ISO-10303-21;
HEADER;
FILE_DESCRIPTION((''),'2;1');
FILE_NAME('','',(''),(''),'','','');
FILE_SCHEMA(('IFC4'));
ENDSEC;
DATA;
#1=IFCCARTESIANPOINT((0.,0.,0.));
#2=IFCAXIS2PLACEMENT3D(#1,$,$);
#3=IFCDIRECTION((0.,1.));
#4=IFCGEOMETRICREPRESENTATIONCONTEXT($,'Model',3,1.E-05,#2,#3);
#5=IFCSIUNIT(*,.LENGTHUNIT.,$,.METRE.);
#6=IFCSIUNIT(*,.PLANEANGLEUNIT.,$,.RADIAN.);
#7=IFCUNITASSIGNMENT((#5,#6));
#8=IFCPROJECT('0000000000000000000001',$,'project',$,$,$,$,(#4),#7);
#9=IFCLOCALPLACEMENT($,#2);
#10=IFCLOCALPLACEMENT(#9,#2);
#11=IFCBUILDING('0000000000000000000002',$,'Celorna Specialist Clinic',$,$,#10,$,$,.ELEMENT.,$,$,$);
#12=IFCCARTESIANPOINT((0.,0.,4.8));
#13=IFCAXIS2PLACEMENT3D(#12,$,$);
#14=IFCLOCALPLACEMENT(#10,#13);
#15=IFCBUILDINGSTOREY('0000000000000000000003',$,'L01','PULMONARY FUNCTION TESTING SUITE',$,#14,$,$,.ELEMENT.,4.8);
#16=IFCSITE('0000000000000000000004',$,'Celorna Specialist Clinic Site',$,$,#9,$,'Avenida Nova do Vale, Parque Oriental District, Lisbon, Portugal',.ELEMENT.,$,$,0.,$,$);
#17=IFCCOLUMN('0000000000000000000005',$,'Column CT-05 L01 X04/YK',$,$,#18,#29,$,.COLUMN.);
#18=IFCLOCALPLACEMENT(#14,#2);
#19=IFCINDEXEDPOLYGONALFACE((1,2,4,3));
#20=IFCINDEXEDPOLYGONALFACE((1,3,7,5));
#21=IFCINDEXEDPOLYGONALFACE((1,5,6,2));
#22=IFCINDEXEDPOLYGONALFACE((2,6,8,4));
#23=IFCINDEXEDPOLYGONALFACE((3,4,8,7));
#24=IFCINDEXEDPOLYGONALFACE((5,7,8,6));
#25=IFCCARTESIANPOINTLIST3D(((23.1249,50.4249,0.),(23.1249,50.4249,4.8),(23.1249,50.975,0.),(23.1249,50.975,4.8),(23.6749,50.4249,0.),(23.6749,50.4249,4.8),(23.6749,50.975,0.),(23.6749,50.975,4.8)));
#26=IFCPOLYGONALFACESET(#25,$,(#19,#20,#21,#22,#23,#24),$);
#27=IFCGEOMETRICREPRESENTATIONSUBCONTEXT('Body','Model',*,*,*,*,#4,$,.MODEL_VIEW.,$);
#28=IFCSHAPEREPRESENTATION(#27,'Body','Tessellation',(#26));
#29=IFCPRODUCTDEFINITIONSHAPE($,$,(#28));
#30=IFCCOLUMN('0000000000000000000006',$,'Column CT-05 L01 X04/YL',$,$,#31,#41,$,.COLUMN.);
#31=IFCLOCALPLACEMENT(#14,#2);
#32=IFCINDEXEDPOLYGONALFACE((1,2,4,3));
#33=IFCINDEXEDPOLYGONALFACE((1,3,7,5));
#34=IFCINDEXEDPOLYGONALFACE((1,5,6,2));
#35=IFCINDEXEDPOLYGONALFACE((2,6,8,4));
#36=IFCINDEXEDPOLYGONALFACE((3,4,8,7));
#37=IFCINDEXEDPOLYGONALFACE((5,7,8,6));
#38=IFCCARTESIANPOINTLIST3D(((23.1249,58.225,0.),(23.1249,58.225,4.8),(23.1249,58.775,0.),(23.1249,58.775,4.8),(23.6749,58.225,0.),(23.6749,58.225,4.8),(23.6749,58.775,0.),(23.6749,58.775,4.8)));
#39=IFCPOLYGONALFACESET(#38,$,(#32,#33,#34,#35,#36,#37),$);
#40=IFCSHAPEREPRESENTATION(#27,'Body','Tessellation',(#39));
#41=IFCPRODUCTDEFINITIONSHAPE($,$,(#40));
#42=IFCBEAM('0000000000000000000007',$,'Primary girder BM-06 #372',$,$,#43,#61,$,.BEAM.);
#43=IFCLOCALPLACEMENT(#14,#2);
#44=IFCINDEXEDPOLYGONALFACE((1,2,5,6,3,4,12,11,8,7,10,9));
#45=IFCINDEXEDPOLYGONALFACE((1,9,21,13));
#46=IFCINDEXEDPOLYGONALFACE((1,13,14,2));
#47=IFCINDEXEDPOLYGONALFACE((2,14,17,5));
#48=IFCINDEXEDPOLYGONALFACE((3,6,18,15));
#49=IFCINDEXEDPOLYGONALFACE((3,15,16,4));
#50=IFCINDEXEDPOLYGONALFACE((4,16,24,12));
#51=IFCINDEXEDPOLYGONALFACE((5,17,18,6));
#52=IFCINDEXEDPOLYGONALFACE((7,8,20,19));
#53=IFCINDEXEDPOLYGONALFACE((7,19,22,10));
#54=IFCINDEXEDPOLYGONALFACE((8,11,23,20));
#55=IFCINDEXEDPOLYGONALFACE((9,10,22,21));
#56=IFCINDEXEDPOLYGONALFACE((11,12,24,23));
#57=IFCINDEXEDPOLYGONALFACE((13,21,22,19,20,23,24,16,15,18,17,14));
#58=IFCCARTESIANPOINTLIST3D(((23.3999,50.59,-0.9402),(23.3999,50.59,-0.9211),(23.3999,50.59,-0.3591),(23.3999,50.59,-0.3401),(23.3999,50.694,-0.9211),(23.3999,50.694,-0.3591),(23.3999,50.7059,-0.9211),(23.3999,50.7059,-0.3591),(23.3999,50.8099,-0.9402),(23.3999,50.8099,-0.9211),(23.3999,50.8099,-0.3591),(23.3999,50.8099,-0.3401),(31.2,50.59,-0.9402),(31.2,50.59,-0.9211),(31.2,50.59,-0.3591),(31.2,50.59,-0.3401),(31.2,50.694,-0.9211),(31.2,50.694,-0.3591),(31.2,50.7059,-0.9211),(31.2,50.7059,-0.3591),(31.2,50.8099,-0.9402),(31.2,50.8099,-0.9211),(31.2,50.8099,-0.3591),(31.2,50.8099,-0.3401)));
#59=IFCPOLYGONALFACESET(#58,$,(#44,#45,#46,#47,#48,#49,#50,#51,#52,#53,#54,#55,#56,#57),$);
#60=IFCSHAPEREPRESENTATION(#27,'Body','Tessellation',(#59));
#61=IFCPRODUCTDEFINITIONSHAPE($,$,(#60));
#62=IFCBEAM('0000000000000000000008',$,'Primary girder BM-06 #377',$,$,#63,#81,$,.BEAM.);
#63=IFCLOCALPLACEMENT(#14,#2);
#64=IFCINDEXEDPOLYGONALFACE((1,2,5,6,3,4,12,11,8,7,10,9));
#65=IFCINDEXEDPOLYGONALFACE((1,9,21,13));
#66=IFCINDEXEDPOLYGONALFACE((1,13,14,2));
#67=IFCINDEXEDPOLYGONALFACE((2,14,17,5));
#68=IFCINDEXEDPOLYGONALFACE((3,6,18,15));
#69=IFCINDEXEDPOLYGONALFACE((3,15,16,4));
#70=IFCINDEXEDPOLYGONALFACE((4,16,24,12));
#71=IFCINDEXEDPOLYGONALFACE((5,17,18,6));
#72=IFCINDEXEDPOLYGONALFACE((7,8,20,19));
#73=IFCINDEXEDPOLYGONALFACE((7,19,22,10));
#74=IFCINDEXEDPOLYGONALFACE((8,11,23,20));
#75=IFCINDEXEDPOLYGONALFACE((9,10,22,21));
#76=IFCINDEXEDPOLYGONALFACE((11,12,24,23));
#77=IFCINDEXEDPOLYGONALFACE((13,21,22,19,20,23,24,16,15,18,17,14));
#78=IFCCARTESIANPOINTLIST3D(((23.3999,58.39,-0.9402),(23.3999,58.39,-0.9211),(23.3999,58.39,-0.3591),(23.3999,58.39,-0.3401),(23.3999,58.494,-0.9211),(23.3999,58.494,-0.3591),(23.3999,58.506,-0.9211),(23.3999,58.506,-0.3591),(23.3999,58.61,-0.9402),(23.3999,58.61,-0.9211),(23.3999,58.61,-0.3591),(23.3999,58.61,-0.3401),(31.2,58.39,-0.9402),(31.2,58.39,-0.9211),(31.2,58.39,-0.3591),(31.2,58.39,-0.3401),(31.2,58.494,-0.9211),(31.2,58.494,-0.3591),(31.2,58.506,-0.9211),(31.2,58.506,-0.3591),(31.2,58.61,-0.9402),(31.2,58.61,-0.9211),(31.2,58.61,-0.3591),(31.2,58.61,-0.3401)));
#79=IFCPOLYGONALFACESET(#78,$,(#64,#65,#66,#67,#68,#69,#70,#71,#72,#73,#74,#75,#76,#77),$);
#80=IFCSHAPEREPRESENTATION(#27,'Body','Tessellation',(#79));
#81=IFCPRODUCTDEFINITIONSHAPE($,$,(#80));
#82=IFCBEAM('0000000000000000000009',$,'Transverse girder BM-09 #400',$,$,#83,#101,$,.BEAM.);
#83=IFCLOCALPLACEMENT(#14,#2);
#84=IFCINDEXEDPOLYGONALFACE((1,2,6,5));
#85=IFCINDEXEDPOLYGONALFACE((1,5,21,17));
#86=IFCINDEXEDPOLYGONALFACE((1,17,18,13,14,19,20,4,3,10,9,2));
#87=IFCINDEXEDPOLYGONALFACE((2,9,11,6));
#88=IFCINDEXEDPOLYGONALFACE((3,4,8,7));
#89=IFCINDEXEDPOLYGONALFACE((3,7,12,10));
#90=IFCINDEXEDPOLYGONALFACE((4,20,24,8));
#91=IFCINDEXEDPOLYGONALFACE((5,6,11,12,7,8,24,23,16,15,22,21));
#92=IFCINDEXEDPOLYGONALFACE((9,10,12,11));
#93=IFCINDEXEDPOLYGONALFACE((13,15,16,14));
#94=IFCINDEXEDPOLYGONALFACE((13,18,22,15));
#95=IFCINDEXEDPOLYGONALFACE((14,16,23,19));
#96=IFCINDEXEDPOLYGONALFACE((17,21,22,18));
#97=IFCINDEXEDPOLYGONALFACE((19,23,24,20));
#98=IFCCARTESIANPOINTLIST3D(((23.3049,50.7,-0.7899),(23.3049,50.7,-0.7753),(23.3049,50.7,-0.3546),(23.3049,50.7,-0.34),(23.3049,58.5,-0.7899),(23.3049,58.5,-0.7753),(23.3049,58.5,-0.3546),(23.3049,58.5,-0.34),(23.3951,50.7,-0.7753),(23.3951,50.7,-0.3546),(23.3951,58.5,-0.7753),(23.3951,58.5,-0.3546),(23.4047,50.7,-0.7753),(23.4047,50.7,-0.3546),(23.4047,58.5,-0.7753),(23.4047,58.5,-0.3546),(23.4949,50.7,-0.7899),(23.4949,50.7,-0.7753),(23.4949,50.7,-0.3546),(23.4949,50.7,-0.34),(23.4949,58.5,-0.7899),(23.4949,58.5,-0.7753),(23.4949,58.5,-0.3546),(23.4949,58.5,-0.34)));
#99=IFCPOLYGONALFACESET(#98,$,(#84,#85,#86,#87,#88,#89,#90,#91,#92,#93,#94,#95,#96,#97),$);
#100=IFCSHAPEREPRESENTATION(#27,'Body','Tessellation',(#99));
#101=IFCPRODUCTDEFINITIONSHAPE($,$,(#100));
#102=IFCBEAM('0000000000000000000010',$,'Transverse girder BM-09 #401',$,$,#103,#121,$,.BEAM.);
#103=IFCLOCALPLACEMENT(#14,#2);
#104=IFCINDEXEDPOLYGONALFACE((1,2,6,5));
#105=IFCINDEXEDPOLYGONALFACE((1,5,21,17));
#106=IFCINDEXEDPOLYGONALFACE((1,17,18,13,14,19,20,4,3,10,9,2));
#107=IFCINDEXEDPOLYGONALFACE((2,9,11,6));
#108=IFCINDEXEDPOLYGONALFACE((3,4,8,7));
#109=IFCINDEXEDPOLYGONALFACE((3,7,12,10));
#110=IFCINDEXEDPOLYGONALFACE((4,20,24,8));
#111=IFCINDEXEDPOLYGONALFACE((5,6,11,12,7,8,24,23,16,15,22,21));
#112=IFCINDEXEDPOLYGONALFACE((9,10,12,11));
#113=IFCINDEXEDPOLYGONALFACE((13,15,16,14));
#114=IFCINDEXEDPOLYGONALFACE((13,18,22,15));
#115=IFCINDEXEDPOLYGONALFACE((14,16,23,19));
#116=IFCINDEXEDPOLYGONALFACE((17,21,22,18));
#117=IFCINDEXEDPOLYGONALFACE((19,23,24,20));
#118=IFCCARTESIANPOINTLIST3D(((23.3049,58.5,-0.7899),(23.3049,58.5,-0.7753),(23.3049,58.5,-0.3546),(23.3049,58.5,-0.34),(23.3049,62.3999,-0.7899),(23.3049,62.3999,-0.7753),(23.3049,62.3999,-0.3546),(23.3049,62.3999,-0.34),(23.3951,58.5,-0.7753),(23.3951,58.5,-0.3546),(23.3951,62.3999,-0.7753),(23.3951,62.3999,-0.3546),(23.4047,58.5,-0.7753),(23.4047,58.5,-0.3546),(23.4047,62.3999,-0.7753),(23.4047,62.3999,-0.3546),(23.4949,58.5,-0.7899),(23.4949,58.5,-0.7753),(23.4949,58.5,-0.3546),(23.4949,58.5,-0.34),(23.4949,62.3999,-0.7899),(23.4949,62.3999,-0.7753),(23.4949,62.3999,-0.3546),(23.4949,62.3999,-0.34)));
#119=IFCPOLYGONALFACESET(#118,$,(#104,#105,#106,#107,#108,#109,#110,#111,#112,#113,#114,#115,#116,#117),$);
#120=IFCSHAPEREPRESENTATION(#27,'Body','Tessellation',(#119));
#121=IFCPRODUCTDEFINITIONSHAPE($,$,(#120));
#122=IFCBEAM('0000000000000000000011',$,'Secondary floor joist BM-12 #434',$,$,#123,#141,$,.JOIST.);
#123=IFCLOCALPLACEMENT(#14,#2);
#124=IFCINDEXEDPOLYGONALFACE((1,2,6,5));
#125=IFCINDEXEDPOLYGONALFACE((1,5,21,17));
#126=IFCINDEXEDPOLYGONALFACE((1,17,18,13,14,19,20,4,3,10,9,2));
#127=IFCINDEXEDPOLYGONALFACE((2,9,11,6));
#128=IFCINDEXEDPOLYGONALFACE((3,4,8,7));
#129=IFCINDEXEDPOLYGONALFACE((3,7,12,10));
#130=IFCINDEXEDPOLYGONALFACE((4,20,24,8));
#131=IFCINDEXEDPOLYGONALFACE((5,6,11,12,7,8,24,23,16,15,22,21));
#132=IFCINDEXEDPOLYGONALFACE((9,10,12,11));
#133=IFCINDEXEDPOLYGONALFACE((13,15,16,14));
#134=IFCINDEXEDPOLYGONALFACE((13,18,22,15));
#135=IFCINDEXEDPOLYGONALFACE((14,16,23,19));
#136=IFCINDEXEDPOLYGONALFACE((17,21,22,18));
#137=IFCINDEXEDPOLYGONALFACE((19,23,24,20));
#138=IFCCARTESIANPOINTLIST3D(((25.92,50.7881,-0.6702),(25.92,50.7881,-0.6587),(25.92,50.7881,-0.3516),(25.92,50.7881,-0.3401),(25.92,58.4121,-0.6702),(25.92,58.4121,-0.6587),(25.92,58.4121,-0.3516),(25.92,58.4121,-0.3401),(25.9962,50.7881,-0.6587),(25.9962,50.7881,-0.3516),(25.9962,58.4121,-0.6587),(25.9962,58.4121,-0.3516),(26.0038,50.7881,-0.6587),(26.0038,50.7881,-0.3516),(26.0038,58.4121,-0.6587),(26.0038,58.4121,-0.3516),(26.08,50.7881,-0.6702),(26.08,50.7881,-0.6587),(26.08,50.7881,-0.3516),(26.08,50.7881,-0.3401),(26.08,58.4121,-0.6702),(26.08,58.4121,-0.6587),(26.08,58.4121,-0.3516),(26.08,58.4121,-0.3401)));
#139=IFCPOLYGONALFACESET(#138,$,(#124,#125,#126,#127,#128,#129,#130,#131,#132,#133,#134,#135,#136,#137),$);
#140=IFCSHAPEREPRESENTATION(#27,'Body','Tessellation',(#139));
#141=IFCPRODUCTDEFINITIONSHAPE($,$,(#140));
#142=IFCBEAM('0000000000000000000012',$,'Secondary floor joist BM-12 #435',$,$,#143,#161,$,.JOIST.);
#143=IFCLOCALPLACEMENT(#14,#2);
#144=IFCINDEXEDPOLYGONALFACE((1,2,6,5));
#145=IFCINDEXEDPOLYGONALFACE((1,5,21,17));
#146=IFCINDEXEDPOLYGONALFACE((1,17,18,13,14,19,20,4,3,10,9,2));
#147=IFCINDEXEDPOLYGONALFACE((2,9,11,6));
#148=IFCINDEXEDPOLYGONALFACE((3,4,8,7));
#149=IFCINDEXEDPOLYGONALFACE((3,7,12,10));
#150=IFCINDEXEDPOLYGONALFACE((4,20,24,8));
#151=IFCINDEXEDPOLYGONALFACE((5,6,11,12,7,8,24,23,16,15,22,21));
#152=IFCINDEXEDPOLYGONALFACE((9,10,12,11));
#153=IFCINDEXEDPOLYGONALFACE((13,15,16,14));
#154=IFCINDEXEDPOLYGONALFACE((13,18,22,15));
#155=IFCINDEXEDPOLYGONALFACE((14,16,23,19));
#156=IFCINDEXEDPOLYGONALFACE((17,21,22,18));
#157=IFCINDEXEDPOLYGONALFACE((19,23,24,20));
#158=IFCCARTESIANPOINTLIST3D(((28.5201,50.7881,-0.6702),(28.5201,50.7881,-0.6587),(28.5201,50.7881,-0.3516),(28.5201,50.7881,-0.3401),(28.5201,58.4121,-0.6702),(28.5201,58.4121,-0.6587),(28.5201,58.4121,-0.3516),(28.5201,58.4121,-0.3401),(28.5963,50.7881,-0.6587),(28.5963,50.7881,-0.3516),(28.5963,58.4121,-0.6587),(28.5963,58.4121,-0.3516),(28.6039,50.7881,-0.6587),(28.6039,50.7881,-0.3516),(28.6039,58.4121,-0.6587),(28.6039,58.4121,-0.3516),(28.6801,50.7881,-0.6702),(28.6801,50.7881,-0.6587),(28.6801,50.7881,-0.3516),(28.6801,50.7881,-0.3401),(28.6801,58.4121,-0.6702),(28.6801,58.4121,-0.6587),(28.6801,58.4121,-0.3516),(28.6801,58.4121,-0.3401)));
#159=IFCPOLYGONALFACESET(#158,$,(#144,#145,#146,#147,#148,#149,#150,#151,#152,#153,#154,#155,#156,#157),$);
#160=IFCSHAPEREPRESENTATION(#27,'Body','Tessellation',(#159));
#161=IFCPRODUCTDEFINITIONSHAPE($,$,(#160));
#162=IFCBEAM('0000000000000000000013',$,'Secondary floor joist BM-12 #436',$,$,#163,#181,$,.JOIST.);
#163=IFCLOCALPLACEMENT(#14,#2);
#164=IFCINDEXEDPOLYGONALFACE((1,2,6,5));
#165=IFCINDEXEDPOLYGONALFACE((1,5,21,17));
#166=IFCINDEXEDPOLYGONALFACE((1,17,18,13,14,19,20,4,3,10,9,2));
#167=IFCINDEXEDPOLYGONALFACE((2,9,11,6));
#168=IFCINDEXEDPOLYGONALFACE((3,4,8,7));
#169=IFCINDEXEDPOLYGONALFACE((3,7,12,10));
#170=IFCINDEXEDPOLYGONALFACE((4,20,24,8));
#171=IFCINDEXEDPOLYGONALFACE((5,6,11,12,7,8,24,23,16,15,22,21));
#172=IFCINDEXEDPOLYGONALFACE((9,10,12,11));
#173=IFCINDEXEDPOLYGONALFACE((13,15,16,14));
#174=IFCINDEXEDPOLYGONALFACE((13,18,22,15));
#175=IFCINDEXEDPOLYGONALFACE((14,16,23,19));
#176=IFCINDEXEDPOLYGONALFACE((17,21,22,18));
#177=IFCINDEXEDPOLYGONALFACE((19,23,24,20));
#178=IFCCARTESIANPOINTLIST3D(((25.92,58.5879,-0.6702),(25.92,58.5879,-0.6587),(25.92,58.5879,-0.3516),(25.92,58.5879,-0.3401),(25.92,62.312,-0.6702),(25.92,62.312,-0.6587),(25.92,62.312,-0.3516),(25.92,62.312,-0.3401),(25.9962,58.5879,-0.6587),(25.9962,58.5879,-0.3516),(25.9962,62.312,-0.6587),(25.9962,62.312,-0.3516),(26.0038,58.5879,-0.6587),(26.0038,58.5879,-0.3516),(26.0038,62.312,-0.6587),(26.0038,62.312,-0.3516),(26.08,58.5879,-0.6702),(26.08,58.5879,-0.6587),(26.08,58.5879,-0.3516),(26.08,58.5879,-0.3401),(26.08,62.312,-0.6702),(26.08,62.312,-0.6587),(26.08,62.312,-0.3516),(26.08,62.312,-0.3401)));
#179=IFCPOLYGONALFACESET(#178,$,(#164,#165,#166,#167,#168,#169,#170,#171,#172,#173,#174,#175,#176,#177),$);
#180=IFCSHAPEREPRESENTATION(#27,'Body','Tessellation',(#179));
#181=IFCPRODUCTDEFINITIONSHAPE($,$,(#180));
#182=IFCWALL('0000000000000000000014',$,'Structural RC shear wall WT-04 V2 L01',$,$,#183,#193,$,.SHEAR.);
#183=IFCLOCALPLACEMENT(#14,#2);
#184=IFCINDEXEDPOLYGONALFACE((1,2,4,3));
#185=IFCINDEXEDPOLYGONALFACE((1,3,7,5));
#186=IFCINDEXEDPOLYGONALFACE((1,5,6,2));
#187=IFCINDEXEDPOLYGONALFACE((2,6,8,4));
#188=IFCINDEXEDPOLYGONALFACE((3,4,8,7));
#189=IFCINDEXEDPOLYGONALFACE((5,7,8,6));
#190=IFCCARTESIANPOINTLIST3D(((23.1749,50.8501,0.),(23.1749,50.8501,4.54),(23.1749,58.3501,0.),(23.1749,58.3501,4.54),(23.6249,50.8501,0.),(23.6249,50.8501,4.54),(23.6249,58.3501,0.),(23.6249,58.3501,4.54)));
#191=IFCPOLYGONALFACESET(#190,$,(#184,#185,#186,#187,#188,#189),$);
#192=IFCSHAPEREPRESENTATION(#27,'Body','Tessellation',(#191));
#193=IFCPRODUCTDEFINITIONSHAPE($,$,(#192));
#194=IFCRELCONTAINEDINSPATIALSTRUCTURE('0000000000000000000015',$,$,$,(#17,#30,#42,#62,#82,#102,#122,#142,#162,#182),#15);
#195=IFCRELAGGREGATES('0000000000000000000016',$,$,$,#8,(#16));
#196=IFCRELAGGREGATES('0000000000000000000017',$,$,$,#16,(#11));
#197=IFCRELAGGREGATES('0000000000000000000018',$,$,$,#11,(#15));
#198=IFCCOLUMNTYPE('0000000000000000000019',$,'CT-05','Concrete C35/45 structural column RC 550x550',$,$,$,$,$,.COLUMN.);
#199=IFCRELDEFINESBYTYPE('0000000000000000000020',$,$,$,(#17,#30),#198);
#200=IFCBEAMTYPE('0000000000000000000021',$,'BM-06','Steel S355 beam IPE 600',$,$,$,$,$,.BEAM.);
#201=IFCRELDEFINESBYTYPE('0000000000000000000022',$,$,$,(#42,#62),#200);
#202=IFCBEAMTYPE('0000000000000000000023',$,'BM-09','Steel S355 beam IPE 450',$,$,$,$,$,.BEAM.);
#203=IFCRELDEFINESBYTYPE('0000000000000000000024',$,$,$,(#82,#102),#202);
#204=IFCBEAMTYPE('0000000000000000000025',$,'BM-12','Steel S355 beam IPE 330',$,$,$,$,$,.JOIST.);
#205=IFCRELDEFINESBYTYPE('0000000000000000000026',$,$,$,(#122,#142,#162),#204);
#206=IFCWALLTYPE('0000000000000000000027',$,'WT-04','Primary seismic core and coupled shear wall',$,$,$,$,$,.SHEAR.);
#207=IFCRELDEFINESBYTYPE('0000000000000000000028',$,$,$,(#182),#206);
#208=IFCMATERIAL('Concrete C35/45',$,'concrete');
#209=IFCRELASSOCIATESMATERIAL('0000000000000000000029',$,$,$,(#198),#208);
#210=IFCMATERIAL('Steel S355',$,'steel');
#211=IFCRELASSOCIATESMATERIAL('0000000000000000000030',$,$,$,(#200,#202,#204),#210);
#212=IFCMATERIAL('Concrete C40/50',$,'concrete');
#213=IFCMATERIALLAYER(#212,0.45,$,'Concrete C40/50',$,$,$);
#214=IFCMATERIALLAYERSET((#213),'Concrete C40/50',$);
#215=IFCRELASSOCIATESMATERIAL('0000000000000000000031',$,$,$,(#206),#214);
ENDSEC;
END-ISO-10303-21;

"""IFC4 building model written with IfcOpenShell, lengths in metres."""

from ifc_helpers import new_model, si_unit, direction, frame, frame_2d, origin, origin_2d, place, context, subcontext, project, spatial, rectangle, i_section, extrude, material, layer, layer_set, material_profile, profile_set, type_object, element, save


model = new_model("IFC4")

# Units and contexts
model_context = context("Model", 3, precision=1e-05, world=origin(), true_north=direction((0.0, 1.0)))
body_context = subcontext(model_context, "Body", "Model", "MODEL_VIEW")
ifc_project = project(units=[si_unit("LENGTHUNIT", "METRE"), si_unit("PLANEANGLEUNIT", "RADIAN")], contexts=[model_context])

# Site, building, storey
site_placement = place(None, origin())
site = spatial("IfcSite", under=ifc_project, at=site_placement, Name="Celorna Specialist Clinic Site", LongName="Avenida Nova do Vale, Parque Oriental District, Lisbon, Portugal", CompositionType="ELEMENT", RefElevation=0.0)
building_placement = place(site_placement, origin())
building = spatial("IfcBuilding", under=site, at=building_placement, Name="Celorna Specialist Clinic", CompositionType="ELEMENT")
storey_placement = place(building_placement, frame((0.0, 0.0, 4.8)))
storey = spatial("IfcBuildingStorey", under=building, at=storey_placement, Name="L01", Description="PULMONARY FUNCTION TESTING SUITE", CompositionType="ELEMENT", Elevation=4.8)

# Columns
ifc_material_1 = material(Name="Concrete C35/45", Category="concrete")
ifc_material_profile_1 = material_profile(ifc_material_1, rectangle(XDim=0.55, YDim=0.55, at=origin_2d()), Name="RC 550x550")
ifc_profile_set_1 = profile_set([ifc_material_profile_1], Name="Concrete C35/45")
column_type = type_object("IfcColumnType", Name="CT-05", Description="Concrete C35/45 structural column RC 550x550", PredefinedType="COLUMN", material=ifc_profile_set_1)
for number, where, z_axis, x_axis, name in (
    (1, (23.3999, 50.7, 0.0), (0.0, 0.0, 1.0), (1.0, 0.0, 0.0), "Column CT-05 L01 X04/YK"),
    (2, (23.3999, 58.5, 0.0), (0.0, 0.0, 1.0), (1.0, 0.0, 0.0), "Column CT-05 L01 X04/YL"),
):
    element("IfcColumn", number, at=place(storey_placement, frame(where, z_axis=z_axis, x_axis=x_axis)), inside=storey, type_object=column_type, Name=name, PredefinedType="COLUMN", context=body_context, shape_type="SweptSolid", body=[
        extrude(rectangle(XDim=0.55, YDim=0.55, at=origin_2d()), origin(), (0.0, 0.0, 1.0), 4.8),
    ])

# Beams
ifc_material_2 = material(Name="Steel S355", Category="steel")
ifc_material_profile_2 = material_profile(ifc_material_2, i_section(OverallWidth=0.22, OverallDepth=0.6001, WebThickness=0.012, FlangeThickness=0.019, at=origin_2d()), Name="IPE 600")
ifc_profile_set_2 = profile_set([ifc_material_profile_2], Name="Steel S355")
beam_type_1 = type_object("IfcBeamType", Name="BM-06", Description="Steel S355 beam IPE 600", PredefinedType="BEAM", material=ifc_profile_set_2)
for number, where, z_axis, x_axis, name in (
    (3, (23.3999, 50.7, -0.6401), (1.0, 0.0, 0.0), (0.0, 1.0, 0.0), "Primary girder BM-06 #372"),
    (4, (23.3999, 58.5, -0.6401), (1.0, 0.0, 0.0), (0.0, 1.0, 0.0), "Primary girder BM-06 #377"),
):
    element("IfcBeam", number, at=place(storey_placement, frame(where, z_axis=z_axis, x_axis=x_axis)), inside=storey, type_object=beam_type_1, Name=name, PredefinedType="BEAM", context=body_context, shape_type="SweptSolid", body=[
        extrude(i_section(OverallWidth=0.22, OverallDepth=0.6001, WebThickness=0.012, FlangeThickness=0.019, at=origin_2d()), origin(), (0.0, 0.0, 1.0), 7.8),
    ])
ifc_material_profile_3 = material_profile(ifc_material_2, i_section(OverallWidth=0.1899, OverallDepth=0.45, WebThickness=0.0095, FlangeThickness=0.0146, at=origin_2d()), Name="IPE 450")
ifc_profile_set_3 = profile_set([ifc_material_profile_3], Name="Steel S355")
beam_type_2 = type_object("IfcBeamType", Name="BM-09", Description="Steel S355 beam IPE 450", PredefinedType="BEAM", material=ifc_profile_set_3)
beam_1_placement = place(storey_placement, frame((23.3999, 50.7, -0.5649), z_axis=(0.0, 1.0, 0.0), x_axis=(-1.0, 0.0, 0.0)))
element("IfcBeam", 5, at=beam_1_placement, inside=storey, type_object=beam_type_2, Name="Transverse girder BM-09 #400", PredefinedType="BEAM", context=body_context, shape_type="SweptSolid", body=[
    extrude(i_section(OverallWidth=0.1899, OverallDepth=0.45, WebThickness=0.0095, FlangeThickness=0.0146, at=origin_2d()), origin(), (0.0, 0.0, 1.0), 7.8),
])
beam_2_placement = place(storey_placement, frame((23.3999, 58.5, -0.5649), z_axis=(0.0, 1.0, 0.0), x_axis=(-1.0, 0.0, 0.0)))
element("IfcBeam", 6, at=beam_2_placement, inside=storey, type_object=beam_type_2, Name="Transverse girder BM-09 #401", PredefinedType="BEAM", context=body_context, shape_type="SweptSolid", body=[
    extrude(i_section(OverallWidth=0.1899, OverallDepth=0.45, WebThickness=0.0095, FlangeThickness=0.0146, at=origin_2d()), origin(), (0.0, 0.0, 1.0), 3.8999),
])
ifc_material_profile_4 = material_profile(ifc_material_2, i_section(OverallWidth=0.1599, OverallDepth=0.3301, WebThickness=0.0076, FlangeThickness=0.0115, at=origin_2d()), Name="IPE 330")
ifc_profile_set_4 = profile_set([ifc_material_profile_4], Name="Steel S355")
beam_type_3 = type_object("IfcBeamType", Name="BM-12", Description="Steel S355 beam IPE 330", PredefinedType="JOIST", material=ifc_profile_set_4)
for number, where, z_axis, x_axis, name in (
    (7, (26.0, 50.7881, -0.5051), (0.0, 1.0, 0.0), (-1.0, 0.0, 0.0), "Secondary floor joist BM-12 #434"),
    (8, (28.6001, 50.7881, -0.5051), (0.0, 1.0, 0.0), (-1.0, 0.0, 0.0), "Secondary floor joist BM-12 #435"),
):
    element("IfcBeam", number, at=place(storey_placement, frame(where, z_axis=z_axis, x_axis=x_axis)), inside=storey, type_object=beam_type_3, Name=name, PredefinedType="JOIST", context=body_context, shape_type="SweptSolid", body=[
        extrude(i_section(OverallWidth=0.1599, OverallDepth=0.3301, WebThickness=0.0076, FlangeThickness=0.0115, at=origin_2d()), origin(), (0.0, 0.0, 1.0), 7.624),
    ])
beam_3_placement = place(storey_placement, frame((26.0, 58.5879, -0.5051), z_axis=(0.0, 1.0, 0.0), x_axis=(-1.0, 0.0, 0.0)))
element("IfcBeam", 9, at=beam_3_placement, inside=storey, type_object=beam_type_3, Name="Secondary floor joist BM-12 #436", PredefinedType="JOIST", context=body_context, shape_type="SweptSolid", body=[
    extrude(i_section(OverallWidth=0.1599, OverallDepth=0.3301, WebThickness=0.0076, FlangeThickness=0.0115, at=origin_2d()), origin(), (0.0, 0.0, 1.0), 3.7241),
])

# Wall
ifc_material_3 = material(Name="Concrete C40/50", Category="concrete")
ifc_layer_1 = layer(ifc_material_3, 0.45, Name="Concrete C40/50")
ifc_layer_set_1 = layer_set([ifc_layer_1], Name="Concrete C40/50")
wall_type_1 = type_object("IfcWallType", Name="WT-04", Description="Primary seismic core and coupled shear wall", PredefinedType="SHEAR", material=ifc_layer_set_1)
wall_1_placement = place(storey_placement, frame((23.3999, 50.8501, 0.0), z_axis=(0.0, 0.0, 1.0), x_axis=(0.0, 1.0, 0.0)))
element("IfcWall", 10, at=wall_1_placement, inside=storey, type_object=wall_type_1, Name="Structural RC shear wall WT-04 V2 L01", PredefinedType="SHEAR", context=body_context, shape_type="SweptSolid", body=[
    extrude(rectangle(XDim=7.5, YDim=0.45, at=frame_2d((3.75, 0.0))), origin(), (0.0, 0.0, 1.0), 4.54),
])

save(model, "model.ifc")
